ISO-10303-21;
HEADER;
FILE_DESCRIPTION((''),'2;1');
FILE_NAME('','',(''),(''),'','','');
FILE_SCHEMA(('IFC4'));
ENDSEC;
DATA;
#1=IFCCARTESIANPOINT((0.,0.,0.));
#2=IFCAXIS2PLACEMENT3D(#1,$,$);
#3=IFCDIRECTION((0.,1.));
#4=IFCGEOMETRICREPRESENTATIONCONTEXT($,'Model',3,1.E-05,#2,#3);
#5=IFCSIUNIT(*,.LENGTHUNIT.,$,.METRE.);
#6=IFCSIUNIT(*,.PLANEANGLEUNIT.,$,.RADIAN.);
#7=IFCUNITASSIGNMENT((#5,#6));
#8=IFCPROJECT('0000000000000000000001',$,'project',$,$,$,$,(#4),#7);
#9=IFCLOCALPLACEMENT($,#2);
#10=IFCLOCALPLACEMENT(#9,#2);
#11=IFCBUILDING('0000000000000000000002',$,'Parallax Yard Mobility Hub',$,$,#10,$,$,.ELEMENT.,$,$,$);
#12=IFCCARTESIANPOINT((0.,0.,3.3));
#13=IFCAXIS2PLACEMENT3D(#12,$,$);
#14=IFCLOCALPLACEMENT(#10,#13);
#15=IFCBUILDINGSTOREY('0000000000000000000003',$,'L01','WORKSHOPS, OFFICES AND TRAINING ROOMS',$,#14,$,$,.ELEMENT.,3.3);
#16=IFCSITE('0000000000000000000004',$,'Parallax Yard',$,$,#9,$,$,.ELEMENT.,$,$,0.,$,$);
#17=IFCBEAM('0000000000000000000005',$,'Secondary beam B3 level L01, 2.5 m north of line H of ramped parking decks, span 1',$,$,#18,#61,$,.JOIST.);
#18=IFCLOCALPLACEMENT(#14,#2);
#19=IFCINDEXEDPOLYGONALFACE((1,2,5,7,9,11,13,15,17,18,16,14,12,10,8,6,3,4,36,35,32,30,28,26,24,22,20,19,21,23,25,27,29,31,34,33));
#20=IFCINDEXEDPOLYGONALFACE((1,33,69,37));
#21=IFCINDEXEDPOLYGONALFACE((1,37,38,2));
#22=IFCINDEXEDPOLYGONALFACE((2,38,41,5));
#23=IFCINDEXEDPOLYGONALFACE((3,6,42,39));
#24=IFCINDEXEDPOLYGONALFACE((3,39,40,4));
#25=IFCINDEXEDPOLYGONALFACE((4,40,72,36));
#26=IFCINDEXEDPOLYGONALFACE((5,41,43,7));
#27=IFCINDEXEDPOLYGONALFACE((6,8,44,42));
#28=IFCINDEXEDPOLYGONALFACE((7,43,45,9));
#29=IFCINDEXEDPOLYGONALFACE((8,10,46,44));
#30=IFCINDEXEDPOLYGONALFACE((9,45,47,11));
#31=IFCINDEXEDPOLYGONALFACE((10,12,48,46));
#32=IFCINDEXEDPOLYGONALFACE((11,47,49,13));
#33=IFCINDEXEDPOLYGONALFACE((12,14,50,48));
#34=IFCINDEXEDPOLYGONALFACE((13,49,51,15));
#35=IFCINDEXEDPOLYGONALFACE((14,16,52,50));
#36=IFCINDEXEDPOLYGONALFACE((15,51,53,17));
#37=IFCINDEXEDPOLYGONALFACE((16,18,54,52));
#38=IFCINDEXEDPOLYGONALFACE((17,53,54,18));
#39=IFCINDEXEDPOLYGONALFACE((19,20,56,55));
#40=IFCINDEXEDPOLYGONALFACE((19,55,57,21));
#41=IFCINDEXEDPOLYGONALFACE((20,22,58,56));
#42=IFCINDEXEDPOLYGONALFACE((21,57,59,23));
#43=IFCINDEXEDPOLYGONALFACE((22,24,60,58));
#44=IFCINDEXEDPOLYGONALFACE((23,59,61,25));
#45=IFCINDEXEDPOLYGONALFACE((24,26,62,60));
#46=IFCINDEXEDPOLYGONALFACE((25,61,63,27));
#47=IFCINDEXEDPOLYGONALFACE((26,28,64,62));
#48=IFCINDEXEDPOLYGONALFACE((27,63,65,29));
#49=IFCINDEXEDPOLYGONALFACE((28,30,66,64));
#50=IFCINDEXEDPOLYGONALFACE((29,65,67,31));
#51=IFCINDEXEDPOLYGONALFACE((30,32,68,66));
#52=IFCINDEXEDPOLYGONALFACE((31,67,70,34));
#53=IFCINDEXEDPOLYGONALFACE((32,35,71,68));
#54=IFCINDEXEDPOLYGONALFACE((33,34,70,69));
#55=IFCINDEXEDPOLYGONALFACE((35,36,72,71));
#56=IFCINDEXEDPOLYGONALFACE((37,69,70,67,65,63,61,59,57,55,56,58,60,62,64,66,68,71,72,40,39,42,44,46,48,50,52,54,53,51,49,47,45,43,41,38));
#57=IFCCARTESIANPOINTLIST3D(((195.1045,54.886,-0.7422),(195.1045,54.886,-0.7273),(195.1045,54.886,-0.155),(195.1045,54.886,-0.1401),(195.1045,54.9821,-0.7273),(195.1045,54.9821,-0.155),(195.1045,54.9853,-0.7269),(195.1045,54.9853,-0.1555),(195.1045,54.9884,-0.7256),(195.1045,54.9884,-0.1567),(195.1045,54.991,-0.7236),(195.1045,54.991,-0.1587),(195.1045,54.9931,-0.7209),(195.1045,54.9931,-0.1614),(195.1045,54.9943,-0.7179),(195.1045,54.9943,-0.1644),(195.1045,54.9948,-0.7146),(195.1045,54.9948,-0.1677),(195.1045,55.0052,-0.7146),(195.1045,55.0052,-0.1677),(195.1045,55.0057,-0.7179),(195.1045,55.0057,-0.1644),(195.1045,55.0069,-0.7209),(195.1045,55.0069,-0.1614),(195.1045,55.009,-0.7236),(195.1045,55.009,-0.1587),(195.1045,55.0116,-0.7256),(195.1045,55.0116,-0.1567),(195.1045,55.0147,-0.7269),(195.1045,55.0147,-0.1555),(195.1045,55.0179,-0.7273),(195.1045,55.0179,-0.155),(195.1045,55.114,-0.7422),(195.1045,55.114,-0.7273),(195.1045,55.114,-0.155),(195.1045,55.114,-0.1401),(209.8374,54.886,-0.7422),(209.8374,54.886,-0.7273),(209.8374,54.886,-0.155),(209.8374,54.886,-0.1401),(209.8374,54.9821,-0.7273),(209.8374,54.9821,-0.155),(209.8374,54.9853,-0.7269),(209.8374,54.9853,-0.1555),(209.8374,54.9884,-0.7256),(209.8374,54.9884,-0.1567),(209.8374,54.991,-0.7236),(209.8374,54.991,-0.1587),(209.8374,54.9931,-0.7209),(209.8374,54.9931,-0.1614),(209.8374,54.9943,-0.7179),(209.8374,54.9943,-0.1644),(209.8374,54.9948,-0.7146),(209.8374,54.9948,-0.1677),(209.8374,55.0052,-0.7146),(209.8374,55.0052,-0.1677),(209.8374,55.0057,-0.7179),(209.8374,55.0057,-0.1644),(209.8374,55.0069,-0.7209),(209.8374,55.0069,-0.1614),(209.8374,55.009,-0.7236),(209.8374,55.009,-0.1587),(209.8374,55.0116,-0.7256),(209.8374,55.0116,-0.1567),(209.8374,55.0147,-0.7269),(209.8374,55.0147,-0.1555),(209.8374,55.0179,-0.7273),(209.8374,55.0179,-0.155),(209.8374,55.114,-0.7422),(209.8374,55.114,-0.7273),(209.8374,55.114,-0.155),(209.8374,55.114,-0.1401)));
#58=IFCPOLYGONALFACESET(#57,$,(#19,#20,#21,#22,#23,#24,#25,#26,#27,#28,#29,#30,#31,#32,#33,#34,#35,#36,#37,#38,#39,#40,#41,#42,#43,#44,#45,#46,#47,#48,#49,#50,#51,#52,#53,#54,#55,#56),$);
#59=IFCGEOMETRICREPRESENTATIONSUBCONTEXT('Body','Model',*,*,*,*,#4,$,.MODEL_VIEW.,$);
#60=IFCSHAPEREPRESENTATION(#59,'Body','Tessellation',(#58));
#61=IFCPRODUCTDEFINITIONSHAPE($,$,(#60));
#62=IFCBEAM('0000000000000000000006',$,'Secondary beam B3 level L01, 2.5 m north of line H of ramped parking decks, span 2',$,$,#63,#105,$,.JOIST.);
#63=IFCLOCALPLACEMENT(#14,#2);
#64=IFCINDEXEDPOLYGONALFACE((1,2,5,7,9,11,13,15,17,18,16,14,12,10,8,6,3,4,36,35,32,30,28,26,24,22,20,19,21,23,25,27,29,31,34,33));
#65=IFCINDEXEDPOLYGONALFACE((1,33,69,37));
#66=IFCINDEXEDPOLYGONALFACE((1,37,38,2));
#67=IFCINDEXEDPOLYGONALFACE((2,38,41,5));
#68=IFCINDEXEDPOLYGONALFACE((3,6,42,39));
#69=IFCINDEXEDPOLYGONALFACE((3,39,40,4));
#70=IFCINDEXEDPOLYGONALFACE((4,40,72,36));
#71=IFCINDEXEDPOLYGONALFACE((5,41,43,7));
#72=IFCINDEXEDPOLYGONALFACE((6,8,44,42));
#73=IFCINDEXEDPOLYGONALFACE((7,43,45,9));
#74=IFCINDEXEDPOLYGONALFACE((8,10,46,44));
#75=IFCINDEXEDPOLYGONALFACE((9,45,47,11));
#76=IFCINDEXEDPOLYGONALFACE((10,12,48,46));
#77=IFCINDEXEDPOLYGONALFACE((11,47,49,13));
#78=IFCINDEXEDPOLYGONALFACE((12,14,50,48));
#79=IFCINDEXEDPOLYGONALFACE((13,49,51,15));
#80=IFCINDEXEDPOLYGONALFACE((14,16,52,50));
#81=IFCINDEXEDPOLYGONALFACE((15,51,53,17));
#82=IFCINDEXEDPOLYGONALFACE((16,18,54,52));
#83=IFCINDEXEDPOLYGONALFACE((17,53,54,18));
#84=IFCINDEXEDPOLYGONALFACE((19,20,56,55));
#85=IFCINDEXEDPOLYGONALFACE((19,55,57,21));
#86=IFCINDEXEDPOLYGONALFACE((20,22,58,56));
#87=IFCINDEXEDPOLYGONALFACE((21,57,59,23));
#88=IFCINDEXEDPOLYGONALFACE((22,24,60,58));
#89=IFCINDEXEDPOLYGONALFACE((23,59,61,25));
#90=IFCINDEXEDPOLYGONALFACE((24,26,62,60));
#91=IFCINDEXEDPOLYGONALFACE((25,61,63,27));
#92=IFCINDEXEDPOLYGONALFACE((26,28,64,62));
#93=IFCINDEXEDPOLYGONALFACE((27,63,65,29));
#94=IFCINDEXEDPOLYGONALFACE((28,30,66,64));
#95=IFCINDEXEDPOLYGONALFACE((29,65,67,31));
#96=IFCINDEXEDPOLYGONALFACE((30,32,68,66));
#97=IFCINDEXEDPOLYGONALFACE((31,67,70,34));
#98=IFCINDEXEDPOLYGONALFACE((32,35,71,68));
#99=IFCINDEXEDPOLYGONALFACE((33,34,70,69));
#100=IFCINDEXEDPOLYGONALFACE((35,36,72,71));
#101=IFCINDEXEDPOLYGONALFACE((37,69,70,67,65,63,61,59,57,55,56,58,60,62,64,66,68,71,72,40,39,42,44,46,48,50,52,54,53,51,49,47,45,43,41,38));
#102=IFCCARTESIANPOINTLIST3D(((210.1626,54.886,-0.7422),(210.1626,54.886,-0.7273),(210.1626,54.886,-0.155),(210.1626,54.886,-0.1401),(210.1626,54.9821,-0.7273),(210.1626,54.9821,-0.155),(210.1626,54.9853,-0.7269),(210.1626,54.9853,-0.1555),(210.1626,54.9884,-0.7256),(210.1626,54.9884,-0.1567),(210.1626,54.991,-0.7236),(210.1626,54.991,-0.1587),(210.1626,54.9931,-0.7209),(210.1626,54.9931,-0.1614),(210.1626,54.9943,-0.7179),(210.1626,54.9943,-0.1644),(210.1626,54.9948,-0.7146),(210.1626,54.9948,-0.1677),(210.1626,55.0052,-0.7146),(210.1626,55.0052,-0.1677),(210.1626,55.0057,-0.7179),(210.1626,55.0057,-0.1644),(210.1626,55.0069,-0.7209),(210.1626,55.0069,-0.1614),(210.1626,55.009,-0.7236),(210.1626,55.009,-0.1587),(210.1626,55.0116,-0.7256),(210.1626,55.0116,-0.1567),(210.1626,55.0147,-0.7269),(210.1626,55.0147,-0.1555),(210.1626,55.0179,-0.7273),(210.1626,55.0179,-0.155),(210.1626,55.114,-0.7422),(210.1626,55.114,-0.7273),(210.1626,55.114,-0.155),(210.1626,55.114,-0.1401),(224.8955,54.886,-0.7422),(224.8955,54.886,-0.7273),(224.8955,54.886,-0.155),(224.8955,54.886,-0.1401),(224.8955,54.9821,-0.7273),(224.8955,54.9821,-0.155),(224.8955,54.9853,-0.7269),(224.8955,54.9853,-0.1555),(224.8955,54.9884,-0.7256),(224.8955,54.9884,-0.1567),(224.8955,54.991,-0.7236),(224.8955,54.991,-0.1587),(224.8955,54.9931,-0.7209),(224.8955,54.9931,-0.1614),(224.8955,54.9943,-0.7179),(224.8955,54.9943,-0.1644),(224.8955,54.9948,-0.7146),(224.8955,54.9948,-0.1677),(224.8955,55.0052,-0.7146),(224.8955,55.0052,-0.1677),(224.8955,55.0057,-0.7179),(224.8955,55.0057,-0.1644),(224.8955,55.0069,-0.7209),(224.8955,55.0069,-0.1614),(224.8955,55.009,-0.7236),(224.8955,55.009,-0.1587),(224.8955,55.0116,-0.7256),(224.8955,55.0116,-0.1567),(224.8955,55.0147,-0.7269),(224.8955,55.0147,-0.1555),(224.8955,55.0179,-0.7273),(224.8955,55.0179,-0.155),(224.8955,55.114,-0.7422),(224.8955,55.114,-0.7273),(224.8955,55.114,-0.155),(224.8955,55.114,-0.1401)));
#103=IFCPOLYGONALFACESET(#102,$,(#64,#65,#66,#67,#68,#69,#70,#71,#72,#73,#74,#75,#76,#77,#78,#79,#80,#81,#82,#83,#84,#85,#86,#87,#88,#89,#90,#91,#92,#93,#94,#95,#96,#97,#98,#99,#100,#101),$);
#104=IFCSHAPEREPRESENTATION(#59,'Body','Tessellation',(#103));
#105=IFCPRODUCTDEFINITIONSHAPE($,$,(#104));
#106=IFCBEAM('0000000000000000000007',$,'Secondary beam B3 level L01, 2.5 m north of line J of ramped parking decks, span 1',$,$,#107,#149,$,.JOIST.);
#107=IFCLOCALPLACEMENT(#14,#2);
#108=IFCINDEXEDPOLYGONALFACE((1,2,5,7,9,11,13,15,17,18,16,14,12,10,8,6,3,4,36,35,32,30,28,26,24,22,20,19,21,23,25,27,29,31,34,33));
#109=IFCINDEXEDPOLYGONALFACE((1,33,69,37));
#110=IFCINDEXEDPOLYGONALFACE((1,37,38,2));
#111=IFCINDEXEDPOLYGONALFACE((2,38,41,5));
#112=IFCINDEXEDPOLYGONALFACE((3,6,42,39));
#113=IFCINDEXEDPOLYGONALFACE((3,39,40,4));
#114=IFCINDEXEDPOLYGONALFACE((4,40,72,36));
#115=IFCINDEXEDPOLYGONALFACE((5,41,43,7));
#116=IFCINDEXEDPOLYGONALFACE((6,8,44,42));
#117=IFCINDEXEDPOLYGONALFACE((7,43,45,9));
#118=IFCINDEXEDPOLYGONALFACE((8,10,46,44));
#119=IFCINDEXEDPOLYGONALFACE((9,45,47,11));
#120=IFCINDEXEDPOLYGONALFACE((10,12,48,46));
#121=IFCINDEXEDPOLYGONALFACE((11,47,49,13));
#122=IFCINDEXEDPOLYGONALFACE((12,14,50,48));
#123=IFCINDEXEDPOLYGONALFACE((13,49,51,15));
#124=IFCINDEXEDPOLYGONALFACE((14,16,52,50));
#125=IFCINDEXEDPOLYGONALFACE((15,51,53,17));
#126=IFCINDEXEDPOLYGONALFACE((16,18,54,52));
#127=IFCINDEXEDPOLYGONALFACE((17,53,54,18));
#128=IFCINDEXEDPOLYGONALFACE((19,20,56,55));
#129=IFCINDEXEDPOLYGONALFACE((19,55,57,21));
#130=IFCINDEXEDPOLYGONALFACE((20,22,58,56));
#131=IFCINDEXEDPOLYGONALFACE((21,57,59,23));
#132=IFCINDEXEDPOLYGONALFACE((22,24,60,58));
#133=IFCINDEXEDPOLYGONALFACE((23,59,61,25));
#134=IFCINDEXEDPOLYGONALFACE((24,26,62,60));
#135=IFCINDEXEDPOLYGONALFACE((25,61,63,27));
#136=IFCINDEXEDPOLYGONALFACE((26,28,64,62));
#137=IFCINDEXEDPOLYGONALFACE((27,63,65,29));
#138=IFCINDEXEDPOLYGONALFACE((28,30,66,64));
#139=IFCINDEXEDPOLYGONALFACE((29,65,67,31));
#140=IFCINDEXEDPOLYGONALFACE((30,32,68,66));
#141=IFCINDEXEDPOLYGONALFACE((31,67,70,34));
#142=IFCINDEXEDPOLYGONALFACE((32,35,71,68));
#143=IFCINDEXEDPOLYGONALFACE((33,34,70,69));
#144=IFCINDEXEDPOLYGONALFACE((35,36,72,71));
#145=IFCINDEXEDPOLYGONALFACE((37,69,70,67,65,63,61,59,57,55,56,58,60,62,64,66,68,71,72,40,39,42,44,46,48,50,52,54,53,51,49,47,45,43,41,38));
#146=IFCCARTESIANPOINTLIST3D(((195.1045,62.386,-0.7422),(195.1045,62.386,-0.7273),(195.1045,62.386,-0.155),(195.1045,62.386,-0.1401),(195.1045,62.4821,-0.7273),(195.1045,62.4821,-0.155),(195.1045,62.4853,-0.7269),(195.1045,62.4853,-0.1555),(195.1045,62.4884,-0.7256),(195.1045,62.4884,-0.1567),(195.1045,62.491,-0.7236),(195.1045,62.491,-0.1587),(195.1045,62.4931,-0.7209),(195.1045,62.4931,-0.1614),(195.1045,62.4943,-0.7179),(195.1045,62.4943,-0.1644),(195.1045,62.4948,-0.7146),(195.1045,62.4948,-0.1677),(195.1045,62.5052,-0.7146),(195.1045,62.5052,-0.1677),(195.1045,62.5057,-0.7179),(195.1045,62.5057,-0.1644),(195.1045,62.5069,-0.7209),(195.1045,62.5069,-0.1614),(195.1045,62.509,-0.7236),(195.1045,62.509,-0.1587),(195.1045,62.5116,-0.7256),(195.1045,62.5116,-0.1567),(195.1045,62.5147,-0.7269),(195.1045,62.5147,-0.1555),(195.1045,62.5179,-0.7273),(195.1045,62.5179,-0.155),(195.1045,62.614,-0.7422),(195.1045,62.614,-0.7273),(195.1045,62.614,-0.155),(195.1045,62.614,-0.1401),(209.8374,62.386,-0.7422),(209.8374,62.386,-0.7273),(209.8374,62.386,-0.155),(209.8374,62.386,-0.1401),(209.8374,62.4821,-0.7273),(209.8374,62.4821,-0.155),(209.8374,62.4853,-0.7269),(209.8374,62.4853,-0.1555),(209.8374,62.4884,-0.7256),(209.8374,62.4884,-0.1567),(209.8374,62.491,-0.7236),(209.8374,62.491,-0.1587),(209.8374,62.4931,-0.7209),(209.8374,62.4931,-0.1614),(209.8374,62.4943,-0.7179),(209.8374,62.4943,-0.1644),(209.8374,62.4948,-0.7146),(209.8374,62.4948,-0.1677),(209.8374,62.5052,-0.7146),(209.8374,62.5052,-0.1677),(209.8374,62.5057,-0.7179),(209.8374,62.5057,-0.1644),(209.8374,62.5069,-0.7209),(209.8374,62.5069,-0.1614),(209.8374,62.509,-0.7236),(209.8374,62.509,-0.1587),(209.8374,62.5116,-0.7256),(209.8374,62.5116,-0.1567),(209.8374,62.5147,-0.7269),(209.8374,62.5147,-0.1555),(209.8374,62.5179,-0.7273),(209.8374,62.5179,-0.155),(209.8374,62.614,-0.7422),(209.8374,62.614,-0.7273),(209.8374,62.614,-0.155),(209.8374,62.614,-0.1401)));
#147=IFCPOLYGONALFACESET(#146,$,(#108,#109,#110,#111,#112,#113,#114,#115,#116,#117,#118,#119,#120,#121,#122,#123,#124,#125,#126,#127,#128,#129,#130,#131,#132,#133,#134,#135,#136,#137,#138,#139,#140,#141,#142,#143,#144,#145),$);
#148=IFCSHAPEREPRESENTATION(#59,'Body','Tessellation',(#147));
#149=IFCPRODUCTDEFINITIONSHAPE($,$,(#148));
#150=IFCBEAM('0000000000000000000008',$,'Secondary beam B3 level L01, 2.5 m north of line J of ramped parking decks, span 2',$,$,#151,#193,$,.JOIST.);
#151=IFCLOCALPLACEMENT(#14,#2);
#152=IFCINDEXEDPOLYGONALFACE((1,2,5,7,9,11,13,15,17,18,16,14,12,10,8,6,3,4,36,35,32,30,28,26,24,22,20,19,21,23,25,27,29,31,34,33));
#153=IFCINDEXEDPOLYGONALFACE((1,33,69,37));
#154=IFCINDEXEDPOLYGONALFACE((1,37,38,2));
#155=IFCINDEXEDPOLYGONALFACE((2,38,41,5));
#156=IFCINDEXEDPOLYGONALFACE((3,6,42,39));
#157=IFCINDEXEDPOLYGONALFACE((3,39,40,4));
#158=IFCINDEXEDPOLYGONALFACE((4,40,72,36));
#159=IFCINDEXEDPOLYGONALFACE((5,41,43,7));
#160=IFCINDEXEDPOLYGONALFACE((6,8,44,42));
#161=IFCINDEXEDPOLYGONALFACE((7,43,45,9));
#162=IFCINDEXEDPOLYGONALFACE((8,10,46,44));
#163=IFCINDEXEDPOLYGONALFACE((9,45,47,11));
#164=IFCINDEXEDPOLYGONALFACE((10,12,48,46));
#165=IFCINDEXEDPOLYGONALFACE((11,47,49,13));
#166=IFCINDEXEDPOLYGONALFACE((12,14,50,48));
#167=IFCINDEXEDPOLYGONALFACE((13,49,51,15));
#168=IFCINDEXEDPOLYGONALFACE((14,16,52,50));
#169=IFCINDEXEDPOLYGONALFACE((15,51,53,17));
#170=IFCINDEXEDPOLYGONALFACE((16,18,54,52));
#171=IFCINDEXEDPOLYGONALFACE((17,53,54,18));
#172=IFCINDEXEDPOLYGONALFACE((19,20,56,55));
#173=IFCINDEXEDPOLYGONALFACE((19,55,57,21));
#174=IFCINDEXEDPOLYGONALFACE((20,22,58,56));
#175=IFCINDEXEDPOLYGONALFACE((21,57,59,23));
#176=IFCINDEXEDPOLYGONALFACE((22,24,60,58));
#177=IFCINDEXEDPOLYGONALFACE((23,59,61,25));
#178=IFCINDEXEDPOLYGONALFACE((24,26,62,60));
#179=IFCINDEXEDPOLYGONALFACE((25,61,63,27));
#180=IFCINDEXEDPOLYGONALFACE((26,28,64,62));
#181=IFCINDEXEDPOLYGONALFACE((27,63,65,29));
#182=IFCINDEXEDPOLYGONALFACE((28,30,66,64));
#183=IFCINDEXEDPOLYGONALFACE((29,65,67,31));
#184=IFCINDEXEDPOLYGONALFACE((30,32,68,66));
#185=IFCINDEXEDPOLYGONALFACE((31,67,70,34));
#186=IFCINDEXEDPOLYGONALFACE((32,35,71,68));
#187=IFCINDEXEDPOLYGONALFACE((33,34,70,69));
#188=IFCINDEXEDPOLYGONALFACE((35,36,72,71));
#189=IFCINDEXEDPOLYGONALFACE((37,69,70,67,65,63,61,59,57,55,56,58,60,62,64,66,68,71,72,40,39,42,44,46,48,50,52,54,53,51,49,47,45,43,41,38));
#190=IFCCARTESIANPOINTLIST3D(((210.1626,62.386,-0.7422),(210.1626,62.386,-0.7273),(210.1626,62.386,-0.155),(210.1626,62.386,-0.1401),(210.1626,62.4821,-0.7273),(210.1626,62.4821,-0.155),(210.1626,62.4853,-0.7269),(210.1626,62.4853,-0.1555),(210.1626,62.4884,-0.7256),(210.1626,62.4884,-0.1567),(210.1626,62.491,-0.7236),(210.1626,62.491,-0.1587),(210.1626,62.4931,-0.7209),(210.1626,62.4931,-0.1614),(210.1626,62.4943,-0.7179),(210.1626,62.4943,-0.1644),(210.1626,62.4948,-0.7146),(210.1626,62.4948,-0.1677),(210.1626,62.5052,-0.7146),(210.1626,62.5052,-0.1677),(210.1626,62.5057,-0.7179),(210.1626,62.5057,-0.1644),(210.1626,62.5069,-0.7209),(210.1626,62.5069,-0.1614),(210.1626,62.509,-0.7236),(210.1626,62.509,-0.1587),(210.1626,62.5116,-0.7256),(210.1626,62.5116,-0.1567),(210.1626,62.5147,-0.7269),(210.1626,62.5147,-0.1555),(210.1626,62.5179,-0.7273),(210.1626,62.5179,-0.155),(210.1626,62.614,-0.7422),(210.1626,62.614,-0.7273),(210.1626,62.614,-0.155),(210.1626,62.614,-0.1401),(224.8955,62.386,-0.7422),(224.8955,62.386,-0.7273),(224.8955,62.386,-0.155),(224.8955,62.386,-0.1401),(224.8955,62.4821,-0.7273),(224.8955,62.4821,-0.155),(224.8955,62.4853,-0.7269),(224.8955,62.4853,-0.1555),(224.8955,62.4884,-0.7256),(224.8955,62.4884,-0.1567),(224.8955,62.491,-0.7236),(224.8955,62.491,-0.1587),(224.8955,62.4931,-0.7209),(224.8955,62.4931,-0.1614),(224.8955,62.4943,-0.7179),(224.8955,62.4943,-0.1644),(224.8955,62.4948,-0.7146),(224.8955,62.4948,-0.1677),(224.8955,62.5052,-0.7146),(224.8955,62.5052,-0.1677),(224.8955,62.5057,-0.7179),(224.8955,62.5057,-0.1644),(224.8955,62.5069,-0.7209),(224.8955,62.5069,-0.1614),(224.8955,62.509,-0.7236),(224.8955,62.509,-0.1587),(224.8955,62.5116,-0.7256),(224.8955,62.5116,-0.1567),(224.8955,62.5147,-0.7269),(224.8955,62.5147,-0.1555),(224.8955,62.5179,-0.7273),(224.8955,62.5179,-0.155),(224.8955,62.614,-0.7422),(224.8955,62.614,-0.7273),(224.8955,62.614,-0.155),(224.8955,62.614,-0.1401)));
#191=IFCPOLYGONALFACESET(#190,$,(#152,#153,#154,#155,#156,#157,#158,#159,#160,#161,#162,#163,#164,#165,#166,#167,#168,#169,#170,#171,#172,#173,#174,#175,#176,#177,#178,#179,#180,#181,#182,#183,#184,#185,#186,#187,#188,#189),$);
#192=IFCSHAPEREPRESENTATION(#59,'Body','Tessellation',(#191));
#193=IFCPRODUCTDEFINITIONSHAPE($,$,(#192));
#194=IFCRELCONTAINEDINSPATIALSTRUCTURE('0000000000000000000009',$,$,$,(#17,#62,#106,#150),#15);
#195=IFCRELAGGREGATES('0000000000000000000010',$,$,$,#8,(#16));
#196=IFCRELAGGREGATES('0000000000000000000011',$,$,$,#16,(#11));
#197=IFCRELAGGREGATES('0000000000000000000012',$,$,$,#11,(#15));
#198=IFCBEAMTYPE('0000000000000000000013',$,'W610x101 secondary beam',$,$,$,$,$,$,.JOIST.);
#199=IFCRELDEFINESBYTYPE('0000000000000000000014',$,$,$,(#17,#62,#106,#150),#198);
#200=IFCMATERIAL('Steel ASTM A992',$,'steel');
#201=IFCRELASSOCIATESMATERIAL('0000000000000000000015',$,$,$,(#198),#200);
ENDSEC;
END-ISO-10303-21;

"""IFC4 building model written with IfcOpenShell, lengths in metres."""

from ifc_helpers import new_model, si_unit, direction, frame, origin, origin_2d, place, context, subcontext, project, spatial, i_section, extrude, material, material_profile, profile_set, type_object, element, save


model = new_model("IFC4")

# Units and contexts
model_context = context("Model", 3, precision=1e-05, world=origin(), true_north=direction((0.0, 1.0)))
body_context = subcontext(model_context, "Body", "Model", "MODEL_VIEW")
ifc_project = project(units=[si_unit("LENGTHUNIT", "METRE"), si_unit("PLANEANGLEUNIT", "RADIAN")], contexts=[model_context])

# Site, building, storey
site_placement = place(None, origin())
site = spatial("IfcSite", under=ifc_project, at=site_placement, Name="Parallax Yard", CompositionType="ELEMENT", RefElevation=0.0)
building_placement = place(site_placement, origin())
building = spatial("IfcBuilding", under=site, at=building_placement, Name="Parallax Yard Mobility Hub", CompositionType="ELEMENT")
storey_placement = place(building_placement, frame((0.0, 0.0, 3.3)))
storey = spatial("IfcBuildingStorey", under=building, at=storey_placement, Name="L01", Description="WORKSHOPS, OFFICES AND TRAINING ROOMS", CompositionType="ELEMENT", Elevation=3.3)

# Shared definitions
ifc_material_1 = material(Name="Steel ASTM A992", Category="steel")

# Beams
ifc_material_profile_1 = material_profile(ifc_material_1, i_section(OverallWidth=0.228, OverallDepth=0.6021, WebThickness=0.0105, FlangeThickness=0.0149, FilletRadius=0.0127, at=origin_2d()), Name="W610x101")
ifc_profile_set_1 = profile_set([ifc_material_profile_1], Name="Steel ASTM A992")
beam_type_1 = type_object("IfcBeamType", Name="W610x101 secondary beam", PredefinedType="JOIST", material=ifc_profile_set_1)
for number, where, z_axis, x_axis, name in (
    (1, (195.1045, 55.0, -0.4412), (1.0, 0.0, 0.0), (0.0, 1.0, 0.0), "Secondary beam B3 level L01, 2.5 m north of line H of ramped parking decks, span 1"),
    (2, (210.1626, 55.0, -0.4412), (1.0, 0.0, 0.0), (0.0, 1.0, 0.0), "Secondary beam B3 level L01, 2.5 m north of line H of ramped parking decks, span 2"),
    (3, (195.1045, 62.5, -0.4412), (1.0, 0.0, 0.0), (0.0, 1.0, 0.0), "Secondary beam B3 level L01, 2.5 m north of line J of ramped parking decks, span 1"),
    (4, (210.1626, 62.5, -0.4412), (1.0, 0.0, 0.0), (0.0, 1.0, 0.0), "Secondary beam B3 level L01, 2.5 m north of line J of ramped parking decks, span 2"),
):
    element("IfcBeam", number, at=place(storey_placement, frame(where, z_axis=z_axis, x_axis=x_axis)), inside=storey, type_object=beam_type_1, Name=name, PredefinedType="JOIST", context=body_context, shape_type="SweptSolid", body=[
        extrude(i_section(OverallWidth=0.228, OverallDepth=0.6021, WebThickness=0.0105, FlangeThickness=0.0149, FilletRadius=0.0127, at=origin_2d()), origin(), (0.0, 0.0, 1.0), 14.7329),
    ])

save(model, "model.ifc")
